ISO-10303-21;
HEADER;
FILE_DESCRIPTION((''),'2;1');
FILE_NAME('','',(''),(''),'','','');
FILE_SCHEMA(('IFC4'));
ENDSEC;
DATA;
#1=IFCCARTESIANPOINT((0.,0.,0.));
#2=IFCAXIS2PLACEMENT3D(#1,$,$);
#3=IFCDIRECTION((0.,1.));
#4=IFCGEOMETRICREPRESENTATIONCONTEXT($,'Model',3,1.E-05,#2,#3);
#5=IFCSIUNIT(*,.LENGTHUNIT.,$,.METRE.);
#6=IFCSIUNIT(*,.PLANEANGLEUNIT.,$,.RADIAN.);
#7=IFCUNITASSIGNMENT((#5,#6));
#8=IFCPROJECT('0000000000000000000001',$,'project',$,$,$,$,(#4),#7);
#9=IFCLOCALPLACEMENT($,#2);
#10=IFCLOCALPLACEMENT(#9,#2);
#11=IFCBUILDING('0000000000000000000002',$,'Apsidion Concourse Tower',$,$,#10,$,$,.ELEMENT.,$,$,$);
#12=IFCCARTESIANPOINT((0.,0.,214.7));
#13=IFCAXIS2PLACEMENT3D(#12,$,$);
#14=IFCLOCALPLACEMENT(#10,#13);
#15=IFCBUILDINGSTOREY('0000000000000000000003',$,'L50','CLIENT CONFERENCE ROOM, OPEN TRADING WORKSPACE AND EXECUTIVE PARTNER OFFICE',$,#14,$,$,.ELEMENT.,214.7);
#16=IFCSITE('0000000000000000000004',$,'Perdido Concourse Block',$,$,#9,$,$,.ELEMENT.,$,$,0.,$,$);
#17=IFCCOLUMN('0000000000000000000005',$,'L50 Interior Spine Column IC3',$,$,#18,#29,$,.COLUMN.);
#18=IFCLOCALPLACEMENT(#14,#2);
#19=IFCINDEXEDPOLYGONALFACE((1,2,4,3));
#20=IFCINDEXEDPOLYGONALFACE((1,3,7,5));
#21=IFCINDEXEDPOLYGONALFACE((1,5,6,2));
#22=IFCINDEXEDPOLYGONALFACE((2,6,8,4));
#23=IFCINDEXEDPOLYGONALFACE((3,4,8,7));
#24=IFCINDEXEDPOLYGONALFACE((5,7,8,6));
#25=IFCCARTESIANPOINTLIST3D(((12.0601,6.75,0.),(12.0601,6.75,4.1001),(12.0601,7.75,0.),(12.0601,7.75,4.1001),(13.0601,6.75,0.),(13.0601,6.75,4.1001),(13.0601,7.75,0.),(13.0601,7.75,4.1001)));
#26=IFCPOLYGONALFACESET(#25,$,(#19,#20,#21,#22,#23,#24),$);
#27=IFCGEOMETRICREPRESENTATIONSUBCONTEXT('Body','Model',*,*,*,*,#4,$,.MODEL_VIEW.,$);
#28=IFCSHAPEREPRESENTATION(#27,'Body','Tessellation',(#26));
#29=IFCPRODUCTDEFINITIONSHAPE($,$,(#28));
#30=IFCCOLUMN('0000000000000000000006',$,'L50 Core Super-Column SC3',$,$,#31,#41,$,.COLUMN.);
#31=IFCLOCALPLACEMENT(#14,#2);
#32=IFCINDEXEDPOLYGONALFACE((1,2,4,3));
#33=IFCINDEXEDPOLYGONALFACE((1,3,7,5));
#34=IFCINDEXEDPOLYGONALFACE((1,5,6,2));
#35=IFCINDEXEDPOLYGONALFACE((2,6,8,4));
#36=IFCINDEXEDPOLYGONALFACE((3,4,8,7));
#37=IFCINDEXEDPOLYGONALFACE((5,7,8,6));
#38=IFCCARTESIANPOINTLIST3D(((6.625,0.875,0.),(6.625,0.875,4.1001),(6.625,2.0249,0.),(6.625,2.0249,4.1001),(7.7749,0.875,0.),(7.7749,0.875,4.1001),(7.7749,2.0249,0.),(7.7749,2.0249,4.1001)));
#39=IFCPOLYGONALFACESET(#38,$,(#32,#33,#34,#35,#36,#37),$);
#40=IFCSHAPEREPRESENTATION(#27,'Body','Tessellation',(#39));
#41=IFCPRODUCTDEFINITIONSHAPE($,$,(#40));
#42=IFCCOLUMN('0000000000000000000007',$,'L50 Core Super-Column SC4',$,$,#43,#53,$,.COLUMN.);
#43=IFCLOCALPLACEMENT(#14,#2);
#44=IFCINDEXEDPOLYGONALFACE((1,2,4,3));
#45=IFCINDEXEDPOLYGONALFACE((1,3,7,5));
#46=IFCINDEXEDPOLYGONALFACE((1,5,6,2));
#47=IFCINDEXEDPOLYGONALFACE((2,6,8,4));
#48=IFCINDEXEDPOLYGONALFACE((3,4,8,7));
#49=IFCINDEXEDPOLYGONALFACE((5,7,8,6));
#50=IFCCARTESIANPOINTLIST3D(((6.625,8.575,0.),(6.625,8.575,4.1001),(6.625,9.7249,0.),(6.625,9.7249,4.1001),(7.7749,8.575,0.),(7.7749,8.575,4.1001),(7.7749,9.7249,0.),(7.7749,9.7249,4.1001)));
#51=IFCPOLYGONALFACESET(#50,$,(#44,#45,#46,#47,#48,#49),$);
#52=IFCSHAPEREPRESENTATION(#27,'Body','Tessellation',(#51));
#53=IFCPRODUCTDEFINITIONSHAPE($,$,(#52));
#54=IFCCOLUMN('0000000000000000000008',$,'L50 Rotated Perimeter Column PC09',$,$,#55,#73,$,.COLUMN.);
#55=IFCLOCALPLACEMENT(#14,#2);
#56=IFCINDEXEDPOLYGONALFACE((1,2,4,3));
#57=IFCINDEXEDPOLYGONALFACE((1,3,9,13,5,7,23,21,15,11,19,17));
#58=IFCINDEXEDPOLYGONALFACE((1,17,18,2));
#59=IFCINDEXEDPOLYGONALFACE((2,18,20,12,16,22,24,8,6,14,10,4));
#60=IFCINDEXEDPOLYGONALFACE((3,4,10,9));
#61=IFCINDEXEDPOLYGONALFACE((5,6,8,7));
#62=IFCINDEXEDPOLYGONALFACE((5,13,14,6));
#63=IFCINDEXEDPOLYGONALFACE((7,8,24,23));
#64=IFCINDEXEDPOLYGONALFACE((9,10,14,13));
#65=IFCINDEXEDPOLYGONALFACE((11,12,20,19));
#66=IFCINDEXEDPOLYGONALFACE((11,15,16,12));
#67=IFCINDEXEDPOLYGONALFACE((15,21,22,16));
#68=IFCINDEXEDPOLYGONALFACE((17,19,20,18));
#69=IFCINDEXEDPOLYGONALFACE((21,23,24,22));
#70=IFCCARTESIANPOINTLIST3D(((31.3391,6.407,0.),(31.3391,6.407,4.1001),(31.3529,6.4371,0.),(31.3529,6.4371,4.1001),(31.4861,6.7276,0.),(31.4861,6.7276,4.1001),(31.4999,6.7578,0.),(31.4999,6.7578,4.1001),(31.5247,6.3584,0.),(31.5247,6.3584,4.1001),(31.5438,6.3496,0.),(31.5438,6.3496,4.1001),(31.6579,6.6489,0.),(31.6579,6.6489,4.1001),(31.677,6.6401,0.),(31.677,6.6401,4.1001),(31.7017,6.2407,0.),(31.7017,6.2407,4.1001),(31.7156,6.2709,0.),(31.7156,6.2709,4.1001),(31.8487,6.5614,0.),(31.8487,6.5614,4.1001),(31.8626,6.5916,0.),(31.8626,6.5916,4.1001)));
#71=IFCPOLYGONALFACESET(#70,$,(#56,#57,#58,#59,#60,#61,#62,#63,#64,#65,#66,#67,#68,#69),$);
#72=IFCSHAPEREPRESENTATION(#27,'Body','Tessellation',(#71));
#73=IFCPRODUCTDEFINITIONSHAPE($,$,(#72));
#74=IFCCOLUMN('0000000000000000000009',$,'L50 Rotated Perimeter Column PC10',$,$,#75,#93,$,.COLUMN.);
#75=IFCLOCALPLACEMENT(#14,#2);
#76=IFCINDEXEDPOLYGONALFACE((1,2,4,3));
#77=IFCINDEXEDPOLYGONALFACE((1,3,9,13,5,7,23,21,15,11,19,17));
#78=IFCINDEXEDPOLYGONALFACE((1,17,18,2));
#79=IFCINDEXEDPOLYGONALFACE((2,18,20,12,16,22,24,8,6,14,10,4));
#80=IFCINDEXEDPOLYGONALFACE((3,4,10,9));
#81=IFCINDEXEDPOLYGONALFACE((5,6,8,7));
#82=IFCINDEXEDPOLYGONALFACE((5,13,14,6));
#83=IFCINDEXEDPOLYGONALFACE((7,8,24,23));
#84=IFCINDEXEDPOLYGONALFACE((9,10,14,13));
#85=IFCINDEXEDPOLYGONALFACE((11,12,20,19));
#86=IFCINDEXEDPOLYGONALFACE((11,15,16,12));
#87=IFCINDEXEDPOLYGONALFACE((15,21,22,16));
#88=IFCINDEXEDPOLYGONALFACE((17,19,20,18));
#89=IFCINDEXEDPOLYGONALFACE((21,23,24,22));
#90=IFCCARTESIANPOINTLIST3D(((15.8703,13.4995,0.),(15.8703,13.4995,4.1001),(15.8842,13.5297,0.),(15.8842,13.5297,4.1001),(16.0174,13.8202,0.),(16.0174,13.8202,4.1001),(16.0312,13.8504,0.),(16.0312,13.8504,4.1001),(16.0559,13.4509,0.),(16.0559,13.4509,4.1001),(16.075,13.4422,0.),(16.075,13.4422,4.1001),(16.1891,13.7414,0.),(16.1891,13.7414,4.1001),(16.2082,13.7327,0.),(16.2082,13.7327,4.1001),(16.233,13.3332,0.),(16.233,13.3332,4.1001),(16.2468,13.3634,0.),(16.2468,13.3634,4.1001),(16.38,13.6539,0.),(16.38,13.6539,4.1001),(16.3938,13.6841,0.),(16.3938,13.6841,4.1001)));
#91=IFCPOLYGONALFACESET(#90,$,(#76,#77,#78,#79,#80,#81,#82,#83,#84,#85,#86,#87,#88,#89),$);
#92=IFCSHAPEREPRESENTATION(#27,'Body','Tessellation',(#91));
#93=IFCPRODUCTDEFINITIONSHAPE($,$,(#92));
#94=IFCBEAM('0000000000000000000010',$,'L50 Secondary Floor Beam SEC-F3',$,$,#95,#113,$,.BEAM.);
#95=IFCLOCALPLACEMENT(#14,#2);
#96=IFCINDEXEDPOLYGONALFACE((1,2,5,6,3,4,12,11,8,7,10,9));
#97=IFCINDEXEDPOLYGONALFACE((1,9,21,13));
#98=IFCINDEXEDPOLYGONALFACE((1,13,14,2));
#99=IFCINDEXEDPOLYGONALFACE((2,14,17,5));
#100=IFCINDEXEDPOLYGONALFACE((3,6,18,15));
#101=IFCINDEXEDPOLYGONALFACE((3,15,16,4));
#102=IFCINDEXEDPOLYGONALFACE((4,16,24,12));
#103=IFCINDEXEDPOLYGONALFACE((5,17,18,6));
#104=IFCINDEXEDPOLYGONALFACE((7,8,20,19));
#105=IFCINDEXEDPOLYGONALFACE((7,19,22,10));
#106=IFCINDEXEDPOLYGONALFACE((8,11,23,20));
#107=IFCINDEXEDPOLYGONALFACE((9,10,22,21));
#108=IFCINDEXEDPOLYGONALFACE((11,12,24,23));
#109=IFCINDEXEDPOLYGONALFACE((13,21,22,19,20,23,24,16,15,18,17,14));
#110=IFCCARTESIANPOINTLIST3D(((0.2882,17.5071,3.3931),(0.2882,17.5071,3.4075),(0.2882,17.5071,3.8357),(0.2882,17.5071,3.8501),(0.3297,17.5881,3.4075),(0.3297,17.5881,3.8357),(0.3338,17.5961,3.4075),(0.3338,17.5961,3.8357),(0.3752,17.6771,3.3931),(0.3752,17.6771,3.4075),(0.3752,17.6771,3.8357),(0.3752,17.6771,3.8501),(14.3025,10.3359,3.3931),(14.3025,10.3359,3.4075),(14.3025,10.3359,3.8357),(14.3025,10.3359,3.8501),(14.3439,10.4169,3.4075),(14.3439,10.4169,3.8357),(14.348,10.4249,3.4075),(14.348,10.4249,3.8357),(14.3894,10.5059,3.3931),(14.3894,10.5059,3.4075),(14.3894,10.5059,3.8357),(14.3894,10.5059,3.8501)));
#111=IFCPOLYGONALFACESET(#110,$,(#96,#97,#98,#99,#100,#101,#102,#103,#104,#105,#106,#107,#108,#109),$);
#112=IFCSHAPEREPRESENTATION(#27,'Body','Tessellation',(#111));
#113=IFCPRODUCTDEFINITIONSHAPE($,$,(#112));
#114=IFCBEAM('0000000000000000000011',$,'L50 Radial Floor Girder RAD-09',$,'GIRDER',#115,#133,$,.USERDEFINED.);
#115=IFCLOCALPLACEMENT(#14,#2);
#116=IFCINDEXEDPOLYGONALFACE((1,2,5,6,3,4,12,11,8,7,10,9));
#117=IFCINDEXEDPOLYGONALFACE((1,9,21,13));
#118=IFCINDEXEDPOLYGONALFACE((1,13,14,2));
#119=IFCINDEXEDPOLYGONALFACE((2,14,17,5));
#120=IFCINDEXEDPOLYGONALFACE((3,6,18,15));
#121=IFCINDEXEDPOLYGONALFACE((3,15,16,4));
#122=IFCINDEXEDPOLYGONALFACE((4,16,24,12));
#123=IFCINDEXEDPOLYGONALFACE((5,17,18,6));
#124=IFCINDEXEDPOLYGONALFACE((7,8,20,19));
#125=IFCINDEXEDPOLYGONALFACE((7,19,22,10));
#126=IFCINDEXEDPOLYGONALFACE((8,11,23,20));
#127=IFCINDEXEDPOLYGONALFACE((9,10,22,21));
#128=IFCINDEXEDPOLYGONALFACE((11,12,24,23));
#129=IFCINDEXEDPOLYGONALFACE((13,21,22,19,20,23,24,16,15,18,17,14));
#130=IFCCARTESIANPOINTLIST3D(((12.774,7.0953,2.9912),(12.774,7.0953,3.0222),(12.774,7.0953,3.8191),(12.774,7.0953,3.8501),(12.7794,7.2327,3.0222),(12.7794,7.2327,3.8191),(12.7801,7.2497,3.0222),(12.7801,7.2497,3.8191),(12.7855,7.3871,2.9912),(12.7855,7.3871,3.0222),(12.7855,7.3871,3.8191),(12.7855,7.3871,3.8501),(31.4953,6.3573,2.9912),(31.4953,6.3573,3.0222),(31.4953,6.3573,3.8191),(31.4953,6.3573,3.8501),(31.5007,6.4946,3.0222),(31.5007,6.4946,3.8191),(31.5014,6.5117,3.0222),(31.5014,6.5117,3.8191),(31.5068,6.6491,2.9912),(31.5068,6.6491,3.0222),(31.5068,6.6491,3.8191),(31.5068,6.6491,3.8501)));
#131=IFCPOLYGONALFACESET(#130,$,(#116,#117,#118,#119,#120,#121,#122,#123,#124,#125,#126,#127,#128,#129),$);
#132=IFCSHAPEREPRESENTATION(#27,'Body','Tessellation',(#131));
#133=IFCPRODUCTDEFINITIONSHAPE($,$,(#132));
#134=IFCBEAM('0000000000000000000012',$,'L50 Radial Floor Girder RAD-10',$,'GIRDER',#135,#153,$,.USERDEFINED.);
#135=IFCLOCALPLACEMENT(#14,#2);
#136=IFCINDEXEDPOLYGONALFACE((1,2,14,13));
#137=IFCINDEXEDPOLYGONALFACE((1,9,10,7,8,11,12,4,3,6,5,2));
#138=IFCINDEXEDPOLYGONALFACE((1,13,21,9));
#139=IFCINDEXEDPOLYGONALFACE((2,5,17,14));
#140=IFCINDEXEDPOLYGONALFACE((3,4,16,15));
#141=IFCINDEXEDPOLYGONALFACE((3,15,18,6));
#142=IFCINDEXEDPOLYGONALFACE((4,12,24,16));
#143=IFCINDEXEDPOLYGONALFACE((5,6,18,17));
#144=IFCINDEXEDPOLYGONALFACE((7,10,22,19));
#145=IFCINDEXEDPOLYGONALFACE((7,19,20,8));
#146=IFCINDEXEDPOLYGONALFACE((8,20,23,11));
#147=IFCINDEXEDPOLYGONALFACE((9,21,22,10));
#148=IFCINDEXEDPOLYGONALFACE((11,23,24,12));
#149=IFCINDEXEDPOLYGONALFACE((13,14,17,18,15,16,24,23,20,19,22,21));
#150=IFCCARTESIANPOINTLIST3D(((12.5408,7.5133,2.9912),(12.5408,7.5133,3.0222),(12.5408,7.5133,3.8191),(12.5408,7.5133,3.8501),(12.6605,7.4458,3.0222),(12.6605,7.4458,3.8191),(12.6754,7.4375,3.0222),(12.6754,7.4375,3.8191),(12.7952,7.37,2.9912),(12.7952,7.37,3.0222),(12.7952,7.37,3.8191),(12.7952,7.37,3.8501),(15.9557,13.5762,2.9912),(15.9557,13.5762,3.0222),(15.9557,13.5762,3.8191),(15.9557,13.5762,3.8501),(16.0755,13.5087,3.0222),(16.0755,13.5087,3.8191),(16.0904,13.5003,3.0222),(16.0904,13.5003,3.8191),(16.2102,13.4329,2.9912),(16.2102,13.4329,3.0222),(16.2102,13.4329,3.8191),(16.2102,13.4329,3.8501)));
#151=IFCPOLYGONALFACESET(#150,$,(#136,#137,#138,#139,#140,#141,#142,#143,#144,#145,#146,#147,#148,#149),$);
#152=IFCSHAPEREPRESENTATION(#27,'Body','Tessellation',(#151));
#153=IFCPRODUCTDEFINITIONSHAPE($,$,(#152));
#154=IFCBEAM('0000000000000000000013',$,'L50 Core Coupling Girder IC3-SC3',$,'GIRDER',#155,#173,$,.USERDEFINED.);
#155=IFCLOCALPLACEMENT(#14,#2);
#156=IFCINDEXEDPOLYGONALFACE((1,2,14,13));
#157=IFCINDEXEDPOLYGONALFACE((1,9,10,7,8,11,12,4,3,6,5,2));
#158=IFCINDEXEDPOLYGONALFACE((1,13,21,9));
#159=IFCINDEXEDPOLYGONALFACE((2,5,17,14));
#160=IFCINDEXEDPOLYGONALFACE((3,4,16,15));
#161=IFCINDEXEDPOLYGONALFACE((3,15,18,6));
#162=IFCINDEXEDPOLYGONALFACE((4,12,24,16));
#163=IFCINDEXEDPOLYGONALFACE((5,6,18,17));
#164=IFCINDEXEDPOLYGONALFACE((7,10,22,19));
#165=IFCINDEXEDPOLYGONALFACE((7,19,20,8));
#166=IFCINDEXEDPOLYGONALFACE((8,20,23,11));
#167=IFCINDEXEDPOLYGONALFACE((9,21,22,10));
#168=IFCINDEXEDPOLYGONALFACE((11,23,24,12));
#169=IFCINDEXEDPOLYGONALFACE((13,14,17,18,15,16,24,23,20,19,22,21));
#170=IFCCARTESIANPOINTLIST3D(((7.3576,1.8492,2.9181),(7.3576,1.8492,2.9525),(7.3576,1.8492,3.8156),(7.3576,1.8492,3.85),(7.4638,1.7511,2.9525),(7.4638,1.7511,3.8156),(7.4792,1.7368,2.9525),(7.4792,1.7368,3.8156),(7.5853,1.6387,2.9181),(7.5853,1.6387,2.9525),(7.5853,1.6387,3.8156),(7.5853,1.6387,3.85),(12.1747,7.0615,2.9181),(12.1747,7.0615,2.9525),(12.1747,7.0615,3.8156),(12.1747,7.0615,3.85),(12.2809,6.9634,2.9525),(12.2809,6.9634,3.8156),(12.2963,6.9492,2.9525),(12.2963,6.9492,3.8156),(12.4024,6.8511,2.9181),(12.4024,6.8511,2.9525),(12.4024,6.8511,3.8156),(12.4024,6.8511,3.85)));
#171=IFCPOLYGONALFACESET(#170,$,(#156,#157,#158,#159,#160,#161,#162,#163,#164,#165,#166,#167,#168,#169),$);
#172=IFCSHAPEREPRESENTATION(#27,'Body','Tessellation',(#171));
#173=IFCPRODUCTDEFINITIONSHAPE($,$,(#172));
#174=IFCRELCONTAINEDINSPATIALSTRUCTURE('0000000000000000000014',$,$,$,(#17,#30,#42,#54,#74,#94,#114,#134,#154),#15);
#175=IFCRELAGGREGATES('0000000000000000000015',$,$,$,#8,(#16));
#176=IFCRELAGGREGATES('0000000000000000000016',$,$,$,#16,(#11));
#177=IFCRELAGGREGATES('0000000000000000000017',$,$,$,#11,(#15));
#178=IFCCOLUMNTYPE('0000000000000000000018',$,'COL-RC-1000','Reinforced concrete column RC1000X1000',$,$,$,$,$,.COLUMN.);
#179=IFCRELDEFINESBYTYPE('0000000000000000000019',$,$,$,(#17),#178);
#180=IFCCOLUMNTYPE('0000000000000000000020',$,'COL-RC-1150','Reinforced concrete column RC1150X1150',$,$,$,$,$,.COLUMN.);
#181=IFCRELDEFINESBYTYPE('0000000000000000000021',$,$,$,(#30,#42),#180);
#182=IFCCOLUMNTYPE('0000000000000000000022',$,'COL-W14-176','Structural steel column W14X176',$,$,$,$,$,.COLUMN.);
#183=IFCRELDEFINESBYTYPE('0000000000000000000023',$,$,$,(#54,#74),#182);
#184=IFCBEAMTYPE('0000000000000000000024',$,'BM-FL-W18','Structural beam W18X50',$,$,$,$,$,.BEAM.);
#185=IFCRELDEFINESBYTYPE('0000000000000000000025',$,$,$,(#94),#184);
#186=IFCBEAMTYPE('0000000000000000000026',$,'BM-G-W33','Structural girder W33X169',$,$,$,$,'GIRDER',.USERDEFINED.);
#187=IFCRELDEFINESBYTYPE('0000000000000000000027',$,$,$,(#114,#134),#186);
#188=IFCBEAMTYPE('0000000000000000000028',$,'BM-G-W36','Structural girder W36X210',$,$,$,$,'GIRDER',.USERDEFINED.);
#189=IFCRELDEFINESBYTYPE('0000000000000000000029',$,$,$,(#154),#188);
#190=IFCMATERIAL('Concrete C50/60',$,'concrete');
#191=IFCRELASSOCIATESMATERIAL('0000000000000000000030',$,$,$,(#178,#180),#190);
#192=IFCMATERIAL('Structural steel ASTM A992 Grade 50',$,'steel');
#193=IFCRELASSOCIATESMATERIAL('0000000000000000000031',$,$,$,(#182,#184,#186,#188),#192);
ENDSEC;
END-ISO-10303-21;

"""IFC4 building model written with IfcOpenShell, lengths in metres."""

from ifc_helpers import new_model, si_unit, direction, frame, origin, origin_2d, place, context, subcontext, project, spatial, rectangle, i_section, extrude, material, material_profile, profile_set, type_object, element, save


model = new_model("IFC4")

# Units and contexts
model_context = context("Model", 3, precision=1e-05, world=origin(), true_north=direction((0.0, 1.0)))
body_context = subcontext(model_context, "Body", "Model", "MODEL_VIEW")
ifc_project = project(units=[si_unit("LENGTHUNIT", "METRE"), si_unit("PLANEANGLEUNIT", "RADIAN")], contexts=[model_context])

# Site, building, storey
site_placement = place(None, origin())
site = spatial("IfcSite", under=ifc_project, at=site_placement, Name="Perdido Concourse Block", CompositionType="ELEMENT", RefElevation=0.0)
building_placement = place(site_placement, origin())
building = spatial("IfcBuilding", under=site, at=building_placement, Name="Apsidion Concourse Tower", CompositionType="ELEMENT")
storey_placement = place(building_placement, frame((0.0, 0.0, 214.7)))
storey = spatial("IfcBuildingStorey", under=building, at=storey_placement, Name="L50", Description="CLIENT CONFERENCE ROOM, OPEN TRADING WORKSPACE AND EXECUTIVE PARTNER OFFICE", CompositionType="ELEMENT", Elevation=214.7)

# Columns
ifc_material_1 = material(Name="Concrete C50/60", Category="concrete")
ifc_material_profile_1 = material_profile(ifc_material_1, rectangle(XDim=1.0, YDim=1.0, at=origin_2d()), Name="RC 1000x1000")
ifc_profile_set_1 = profile_set([ifc_material_profile_1], Name="Concrete C50/60")
column_type_1 = type_object("IfcColumnType", Name="COL-RC-1000", Description="Reinforced concrete column RC1000X1000", PredefinedType="COLUMN", material=ifc_profile_set_1)
column_placement = place(storey_placement, frame((12.5601, 7.25, 0.0), z_axis=(0.0, 0.0, 1.0), x_axis=(1.0, 0.0, 0.0)))
element("IfcColumn", 1, at=column_placement, inside=storey, type_object=column_type_1, Name="L50 Interior Spine Column IC3", PredefinedType="COLUMN", context=body_context, shape_type="SweptSolid", body=[
    extrude(rectangle(XDim=1.0, YDim=1.0, at=origin_2d()), origin(), (0.0, 0.0, 1.0), 4.1001),
])
ifc_material_profile_2 = material_profile(ifc_material_1, rectangle(XDim=1.1499, YDim=1.1499, at=origin_2d()), Name="RC 1150x1150")
ifc_profile_set_2 = profile_set([ifc_material_profile_2], Name="Concrete C50/60")
column_type_2 = type_object("IfcColumnType", Name="COL-RC-1150", Description="Reinforced concrete column RC1150X1150", PredefinedType="COLUMN", material=ifc_profile_set_2)
for number, where, z_axis, x_axis, name in (
    (2, (7.2, 1.45, 0.0), (0.0, 0.0, 1.0), (1.0, 0.0, 0.0), "L50 Core Super-Column SC3"),
    (3, (7.2, 9.1499, 0.0), (0.0, 0.0, 1.0), (1.0, 0.0, 0.0), "L50 Core Super-Column SC4"),
):
    element("IfcColumn", number, at=place(storey_placement, frame(where, z_axis=z_axis, x_axis=x_axis)), inside=storey, type_object=column_type_2, Name=name, PredefinedType="COLUMN", context=body_context, shape_type="SweptSolid", body=[
        extrude(rectangle(XDim=1.1499, YDim=1.1499, at=origin_2d()), origin(), (0.0, 0.0, 1.0), 4.1001),
    ])
ifc_material_2 = material(Name="Structural steel ASTM A992 Grade 50", Category="steel")
ifc_material_profile_3 = material_profile(ifc_material_2, i_section(OverallWidth=0.3989, OverallDepth=0.386, WebThickness=0.021, FlangeThickness=0.0332, at=origin_2d()), Name="W14X176")
ifc_profile_set_3 = profile_set([ifc_material_profile_3], Name="Structural steel ASTM A992 Grade 50")
column_type_3 = type_object("IfcColumnType", Name="COL-W14-176", Description="Structural steel column W14X176", PredefinedType="COLUMN", material=ifc_profile_set_3)
for number, where, z_axis, x_axis, name in (
    (4, (31.6008, 6.4993, 0.0), (0.0, 0.0, 1.0), (-0.909018, 0.416757, 0.0), "L50 Rotated Perimeter Column PC09"),
    (5, (16.1321, 13.5918, 0.0), (0.0, 0.0, 1.0), (-0.909018, 0.416757, 0.0), "L50 Rotated Perimeter Column PC10"),
):
    element("IfcColumn", number, at=place(storey_placement, frame(where, z_axis=z_axis, x_axis=x_axis)), inside=storey, type_object=column_type_3, Name=name, PredefinedType="COLUMN", context=body_context, shape_type="SweptSolid", body=[
        extrude(i_section(OverallWidth=0.3989, OverallDepth=0.386, WebThickness=0.021, FlangeThickness=0.0332, at=origin_2d()), origin(), (0.0, 0.0, 1.0), 4.1001),
    ])

# Beams
ifc_material_profile_4 = material_profile(ifc_material_2, i_section(OverallWidth=0.1909, OverallDepth=0.457, WebThickness=0.009, FlangeThickness=0.0144, at=origin_2d()), Name="W18X50")
ifc_profile_set_4 = profile_set([ifc_material_profile_4], Name="Structural steel ASTM A992 Grade 50")
beam_type_1 = type_object("IfcBeamType", Name="BM-FL-W18", Description="Structural beam W18X50", PredefinedType="BEAM", material=ifc_profile_set_4)
beam_1_placement = place(storey_placement, frame((14.3459, 10.4209, 3.6216), z_axis=(-0.89022, 0.455532, 0.0), x_axis=(-0.455532, -0.89022, 0.0)))
element("IfcBeam", 6, at=beam_1_placement, inside=storey, type_object=beam_type_1, Name="L50 Secondary Floor Beam SEC-F3", PredefinedType="BEAM", context=body_context, shape_type="SweptSolid", body=[
    extrude(i_section(OverallWidth=0.1909, OverallDepth=0.457, WebThickness=0.009, FlangeThickness=0.0144, at=origin_2d()), origin(), (0.0, 0.0, 1.0), 15.7424),
])
ifc_material_profile_5 = material_profile(ifc_material_2, i_section(OverallWidth=0.292, OverallDepth=0.8589, WebThickness=0.0171, FlangeThickness=0.031, at=origin_2d()), Name="W33X169")
ifc_profile_set_5 = profile_set([ifc_material_profile_5], Name="Structural steel ASTM A992 Grade 50")
beam_type_2 = type_object("IfcBeamType", Name="BM-G-W33", Description="Structural girder W33X169", ElementType="GIRDER", PredefinedType="USERDEFINED", material=ifc_profile_set_5)
beam_2_placement = place(storey_placement, frame((12.7798, 7.2412, 3.4207), z_axis=(0.999224, -0.039392, 0.0), x_axis=(0.039392, 0.999224, 0.0)))
element("IfcBeam", 7, at=beam_2_placement, inside=storey, type_object=beam_type_2, Name="L50 Radial Floor Girder RAD-09", ObjectType="GIRDER", PredefinedType="USERDEFINED", context=body_context, shape_type="SweptSolid", body=[
    extrude(i_section(OverallWidth=0.292, OverallDepth=0.8589, WebThickness=0.0171, FlangeThickness=0.031, at=origin_2d()), origin(), (0.0, 0.0, 1.0), 18.7358),
])
beam_3_placement = place(storey_placement, frame((12.668, 7.4417, 3.4207), z_axis=(0.490764, 0.871292, 0.0), x_axis=(-0.871292, 0.490764, 0.0)))
element("IfcBeam", 8, at=beam_3_placement, inside=storey, type_object=beam_type_2, Name="L50 Radial Floor Girder RAD-10", ObjectType="GIRDER", PredefinedType="USERDEFINED", context=body_context, shape_type="SweptSolid", body=[
    extrude(i_section(OverallWidth=0.292, OverallDepth=0.8589, WebThickness=0.0171, FlangeThickness=0.031, at=origin_2d()), origin(), (0.0, 0.0, 1.0), 6.9585),
])
ifc_material_profile_6 = material_profile(ifc_material_2, i_section(OverallWidth=0.3101, OverallDepth=0.9319, WebThickness=0.021, FlangeThickness=0.0344, at=origin_2d()), Name="W36X210")
ifc_profile_set_6 = profile_set([ifc_material_profile_6], Name="Structural steel ASTM A992 Grade 50")
beam_type_3 = type_object("IfcBeamType", Name="BM-G-W36", Description="Structural girder W36X210", ElementType="GIRDER", PredefinedType="USERDEFINED", material=ifc_profile_set_6)
beam_4_placement = place(storey_placement, frame((12.2886, 6.9563, 3.384), z_axis=(-0.678713, -0.734404, 0.0), x_axis=(0.734404, -0.678713, 0.0)))
element("IfcBeam", 9, at=beam_4_placement, inside=storey, type_object=beam_type_3, Name="L50 Core Coupling Girder IC3-SC3", ObjectType="GIRDER", PredefinedType="USERDEFINED", context=body_context, shape_type="SweptSolid", body=[
    extrude(i_section(OverallWidth=0.3101, OverallDepth=0.9319, WebThickness=0.021, FlangeThickness=0.0344, at=origin_2d()), origin(), (0.0, 0.0, 1.0), 7.0974),
])

save(model, "model.ifc")
